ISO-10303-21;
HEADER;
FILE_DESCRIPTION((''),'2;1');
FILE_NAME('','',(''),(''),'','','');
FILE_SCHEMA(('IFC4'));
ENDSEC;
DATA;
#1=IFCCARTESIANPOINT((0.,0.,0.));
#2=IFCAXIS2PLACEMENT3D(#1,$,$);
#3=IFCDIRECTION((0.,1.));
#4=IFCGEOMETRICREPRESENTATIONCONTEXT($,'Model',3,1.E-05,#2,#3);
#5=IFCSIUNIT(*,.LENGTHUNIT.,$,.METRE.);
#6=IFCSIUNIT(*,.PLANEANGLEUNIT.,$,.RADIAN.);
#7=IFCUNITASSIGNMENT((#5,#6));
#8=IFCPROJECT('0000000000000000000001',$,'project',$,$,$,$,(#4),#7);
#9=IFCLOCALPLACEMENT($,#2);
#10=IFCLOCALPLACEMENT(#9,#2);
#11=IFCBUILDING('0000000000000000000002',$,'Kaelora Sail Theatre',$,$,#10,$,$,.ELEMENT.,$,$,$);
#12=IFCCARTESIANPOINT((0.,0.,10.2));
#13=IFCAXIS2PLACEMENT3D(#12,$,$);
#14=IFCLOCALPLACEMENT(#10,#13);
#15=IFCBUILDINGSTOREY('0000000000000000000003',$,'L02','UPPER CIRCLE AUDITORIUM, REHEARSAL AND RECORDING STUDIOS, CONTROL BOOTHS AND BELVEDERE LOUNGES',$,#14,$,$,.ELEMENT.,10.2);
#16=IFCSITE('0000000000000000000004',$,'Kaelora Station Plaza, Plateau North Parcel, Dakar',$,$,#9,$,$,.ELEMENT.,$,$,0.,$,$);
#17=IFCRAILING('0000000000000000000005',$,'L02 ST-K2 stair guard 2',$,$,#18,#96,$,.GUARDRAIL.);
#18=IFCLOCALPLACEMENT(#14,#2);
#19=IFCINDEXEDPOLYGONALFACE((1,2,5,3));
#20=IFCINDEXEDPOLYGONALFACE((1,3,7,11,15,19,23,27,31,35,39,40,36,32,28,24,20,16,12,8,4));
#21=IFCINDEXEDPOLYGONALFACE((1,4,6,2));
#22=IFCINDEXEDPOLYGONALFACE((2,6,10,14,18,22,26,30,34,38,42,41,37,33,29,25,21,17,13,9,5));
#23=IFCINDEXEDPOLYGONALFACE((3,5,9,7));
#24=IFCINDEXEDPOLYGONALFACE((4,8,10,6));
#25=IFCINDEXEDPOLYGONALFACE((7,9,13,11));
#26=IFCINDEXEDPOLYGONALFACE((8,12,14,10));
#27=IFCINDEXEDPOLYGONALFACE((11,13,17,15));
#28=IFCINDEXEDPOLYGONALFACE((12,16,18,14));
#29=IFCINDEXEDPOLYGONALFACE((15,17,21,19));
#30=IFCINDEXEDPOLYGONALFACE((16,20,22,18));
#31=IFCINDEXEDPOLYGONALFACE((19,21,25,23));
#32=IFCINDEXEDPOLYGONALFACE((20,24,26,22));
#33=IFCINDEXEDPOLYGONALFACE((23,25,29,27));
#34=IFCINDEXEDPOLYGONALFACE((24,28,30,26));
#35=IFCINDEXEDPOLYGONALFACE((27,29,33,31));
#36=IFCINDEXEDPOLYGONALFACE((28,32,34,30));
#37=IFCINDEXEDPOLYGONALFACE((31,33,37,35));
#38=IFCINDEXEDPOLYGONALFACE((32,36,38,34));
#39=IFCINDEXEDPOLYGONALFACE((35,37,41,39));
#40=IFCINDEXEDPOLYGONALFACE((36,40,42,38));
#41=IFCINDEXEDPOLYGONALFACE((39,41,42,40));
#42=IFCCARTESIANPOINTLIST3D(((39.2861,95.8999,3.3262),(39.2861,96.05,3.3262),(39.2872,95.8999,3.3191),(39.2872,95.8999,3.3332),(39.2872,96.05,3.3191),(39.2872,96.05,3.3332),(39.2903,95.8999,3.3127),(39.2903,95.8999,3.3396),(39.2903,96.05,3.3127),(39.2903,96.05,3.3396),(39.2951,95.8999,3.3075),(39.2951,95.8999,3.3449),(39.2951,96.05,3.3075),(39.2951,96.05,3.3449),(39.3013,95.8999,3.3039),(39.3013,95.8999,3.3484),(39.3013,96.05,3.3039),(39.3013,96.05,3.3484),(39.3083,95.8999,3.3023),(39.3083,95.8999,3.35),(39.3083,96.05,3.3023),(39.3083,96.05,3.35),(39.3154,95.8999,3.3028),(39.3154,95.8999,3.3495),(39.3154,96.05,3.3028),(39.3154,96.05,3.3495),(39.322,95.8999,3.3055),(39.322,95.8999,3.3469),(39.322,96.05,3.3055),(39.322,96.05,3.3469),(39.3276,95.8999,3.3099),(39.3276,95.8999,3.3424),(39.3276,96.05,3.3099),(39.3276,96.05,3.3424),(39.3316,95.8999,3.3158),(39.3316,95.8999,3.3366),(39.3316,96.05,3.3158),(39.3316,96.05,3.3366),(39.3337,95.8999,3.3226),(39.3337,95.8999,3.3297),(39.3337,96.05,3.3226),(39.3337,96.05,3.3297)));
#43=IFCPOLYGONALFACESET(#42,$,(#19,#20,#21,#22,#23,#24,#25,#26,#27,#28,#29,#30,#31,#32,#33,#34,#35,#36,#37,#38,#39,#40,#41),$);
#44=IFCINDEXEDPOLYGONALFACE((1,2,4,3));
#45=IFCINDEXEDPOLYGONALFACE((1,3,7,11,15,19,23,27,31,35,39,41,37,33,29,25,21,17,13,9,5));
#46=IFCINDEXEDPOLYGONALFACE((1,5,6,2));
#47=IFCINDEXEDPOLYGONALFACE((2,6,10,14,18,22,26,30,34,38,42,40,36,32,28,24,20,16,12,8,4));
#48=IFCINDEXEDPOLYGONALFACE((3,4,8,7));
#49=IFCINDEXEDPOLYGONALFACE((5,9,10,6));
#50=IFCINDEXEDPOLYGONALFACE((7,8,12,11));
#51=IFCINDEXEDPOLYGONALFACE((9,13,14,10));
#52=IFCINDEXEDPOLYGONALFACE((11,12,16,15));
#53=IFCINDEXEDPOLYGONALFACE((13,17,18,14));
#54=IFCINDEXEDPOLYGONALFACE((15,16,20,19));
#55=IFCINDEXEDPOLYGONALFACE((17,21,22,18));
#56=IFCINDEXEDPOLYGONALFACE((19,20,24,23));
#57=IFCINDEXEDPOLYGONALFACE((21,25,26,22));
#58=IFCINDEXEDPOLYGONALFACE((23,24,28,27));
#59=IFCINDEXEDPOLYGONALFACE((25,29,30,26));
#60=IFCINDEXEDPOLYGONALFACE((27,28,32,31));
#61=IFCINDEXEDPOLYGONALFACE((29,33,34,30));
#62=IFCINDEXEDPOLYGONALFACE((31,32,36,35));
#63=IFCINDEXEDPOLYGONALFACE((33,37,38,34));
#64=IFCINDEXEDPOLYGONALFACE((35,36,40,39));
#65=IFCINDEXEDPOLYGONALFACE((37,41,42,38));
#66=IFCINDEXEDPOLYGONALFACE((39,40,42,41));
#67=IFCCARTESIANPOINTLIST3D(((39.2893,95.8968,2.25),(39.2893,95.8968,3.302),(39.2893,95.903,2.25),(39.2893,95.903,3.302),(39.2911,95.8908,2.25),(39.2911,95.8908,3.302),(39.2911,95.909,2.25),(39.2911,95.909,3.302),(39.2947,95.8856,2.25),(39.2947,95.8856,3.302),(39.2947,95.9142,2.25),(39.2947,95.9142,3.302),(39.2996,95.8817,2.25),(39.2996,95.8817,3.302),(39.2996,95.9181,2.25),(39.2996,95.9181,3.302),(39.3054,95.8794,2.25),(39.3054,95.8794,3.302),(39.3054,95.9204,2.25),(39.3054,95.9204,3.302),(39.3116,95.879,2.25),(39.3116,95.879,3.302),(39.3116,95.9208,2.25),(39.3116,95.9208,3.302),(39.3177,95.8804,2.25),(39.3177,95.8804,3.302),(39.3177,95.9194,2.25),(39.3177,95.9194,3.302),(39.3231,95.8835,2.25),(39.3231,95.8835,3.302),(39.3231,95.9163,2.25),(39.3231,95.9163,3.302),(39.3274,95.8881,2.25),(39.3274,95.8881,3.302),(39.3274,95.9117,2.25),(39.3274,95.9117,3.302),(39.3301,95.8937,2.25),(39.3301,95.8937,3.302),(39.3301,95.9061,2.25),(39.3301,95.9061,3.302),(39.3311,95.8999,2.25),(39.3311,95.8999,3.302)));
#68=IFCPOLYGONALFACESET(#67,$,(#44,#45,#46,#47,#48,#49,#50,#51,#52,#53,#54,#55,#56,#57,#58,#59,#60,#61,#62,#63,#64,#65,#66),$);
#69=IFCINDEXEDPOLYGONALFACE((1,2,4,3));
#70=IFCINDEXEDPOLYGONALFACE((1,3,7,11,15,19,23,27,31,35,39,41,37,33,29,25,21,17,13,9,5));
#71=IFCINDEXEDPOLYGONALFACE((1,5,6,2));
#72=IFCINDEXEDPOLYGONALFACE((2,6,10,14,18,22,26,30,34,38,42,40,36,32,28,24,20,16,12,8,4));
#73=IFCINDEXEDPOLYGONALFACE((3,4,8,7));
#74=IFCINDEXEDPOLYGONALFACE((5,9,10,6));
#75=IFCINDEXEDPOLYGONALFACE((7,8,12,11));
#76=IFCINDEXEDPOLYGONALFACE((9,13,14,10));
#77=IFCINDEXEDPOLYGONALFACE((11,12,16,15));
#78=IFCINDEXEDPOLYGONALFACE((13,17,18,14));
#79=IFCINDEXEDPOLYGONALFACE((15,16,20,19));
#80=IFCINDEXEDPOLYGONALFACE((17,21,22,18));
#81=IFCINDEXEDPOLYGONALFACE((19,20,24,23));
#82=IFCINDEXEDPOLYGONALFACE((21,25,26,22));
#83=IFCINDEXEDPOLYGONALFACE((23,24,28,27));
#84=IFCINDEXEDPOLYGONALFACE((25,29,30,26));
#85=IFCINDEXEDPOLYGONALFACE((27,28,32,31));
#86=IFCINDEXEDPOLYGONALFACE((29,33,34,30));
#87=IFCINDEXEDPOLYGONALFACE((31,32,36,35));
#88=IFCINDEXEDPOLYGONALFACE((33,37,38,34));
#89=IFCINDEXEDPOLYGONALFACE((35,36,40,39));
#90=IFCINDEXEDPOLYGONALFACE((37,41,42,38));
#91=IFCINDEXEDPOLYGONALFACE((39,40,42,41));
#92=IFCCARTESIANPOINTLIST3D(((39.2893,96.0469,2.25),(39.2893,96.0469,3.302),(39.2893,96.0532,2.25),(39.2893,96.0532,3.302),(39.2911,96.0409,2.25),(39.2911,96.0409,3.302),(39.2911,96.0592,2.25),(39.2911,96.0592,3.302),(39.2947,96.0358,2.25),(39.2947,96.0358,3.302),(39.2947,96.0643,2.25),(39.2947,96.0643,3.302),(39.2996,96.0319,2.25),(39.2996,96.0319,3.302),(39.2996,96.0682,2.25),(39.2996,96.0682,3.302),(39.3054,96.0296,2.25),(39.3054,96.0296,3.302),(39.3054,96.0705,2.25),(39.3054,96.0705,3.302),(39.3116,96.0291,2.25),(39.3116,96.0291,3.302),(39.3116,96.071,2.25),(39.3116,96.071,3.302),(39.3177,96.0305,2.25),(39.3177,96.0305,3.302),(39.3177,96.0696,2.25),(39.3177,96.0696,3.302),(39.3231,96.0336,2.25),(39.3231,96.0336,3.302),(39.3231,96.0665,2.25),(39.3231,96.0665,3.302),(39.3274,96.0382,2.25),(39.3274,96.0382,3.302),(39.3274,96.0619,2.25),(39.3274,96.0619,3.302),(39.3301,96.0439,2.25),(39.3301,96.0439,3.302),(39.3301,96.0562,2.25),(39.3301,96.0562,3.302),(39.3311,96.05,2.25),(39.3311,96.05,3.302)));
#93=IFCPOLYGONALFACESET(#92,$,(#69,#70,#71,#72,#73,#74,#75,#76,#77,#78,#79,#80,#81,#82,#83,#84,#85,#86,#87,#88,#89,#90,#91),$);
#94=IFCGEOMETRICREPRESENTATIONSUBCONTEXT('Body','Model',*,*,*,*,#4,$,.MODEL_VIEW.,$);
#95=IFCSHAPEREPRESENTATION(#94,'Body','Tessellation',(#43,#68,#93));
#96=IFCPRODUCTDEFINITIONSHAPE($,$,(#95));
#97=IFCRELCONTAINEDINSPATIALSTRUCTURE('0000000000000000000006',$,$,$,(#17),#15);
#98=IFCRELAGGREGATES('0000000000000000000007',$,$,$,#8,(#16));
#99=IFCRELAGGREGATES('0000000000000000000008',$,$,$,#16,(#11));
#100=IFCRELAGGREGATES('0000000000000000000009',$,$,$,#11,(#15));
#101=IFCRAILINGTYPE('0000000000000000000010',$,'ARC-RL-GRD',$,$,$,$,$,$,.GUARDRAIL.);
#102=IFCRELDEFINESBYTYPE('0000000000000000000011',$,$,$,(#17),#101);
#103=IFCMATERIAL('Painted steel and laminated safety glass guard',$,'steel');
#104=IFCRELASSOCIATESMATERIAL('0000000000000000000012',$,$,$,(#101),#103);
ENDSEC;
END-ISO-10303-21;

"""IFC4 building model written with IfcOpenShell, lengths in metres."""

from ifc_helpers import new_model, si_unit, direction, frame, origin, origin_2d, place, context, subcontext, project, spatial, circle, extrude, material, type_object, element, save


model = new_model("IFC4")

# Units and contexts
model_context = context("Model", 3, precision=1e-05, world=origin(), true_north=direction((0.0, 1.0)))
body_context = subcontext(model_context, "Body", "Model", "MODEL_VIEW")
ifc_project = project(units=[si_unit("LENGTHUNIT", "METRE"), si_unit("PLANEANGLEUNIT", "RADIAN")], contexts=[model_context])

# Site, building, storey
site_placement = place(None, origin())
site = spatial("IfcSite", under=ifc_project, at=site_placement, Name="Kaelora Station Plaza, Plateau North Parcel, Dakar", CompositionType="ELEMENT", RefElevation=0.0)
building_placement = place(site_placement, origin())
building = spatial("IfcBuilding", under=site, at=building_placement, Name="Kaelora Sail Theatre", CompositionType="ELEMENT")
storey_placement = place(building_placement, frame((0.0, 0.0, 10.2)))
storey = spatial("IfcBuildingStorey", under=building, at=storey_placement, Name="L02", Description="UPPER CIRCLE AUDITORIUM, REHEARSAL AND RECORDING STUDIOS, CONTROL BOOTHS AND BELVEDERE LOUNGES", CompositionType="ELEMENT", Elevation=10.2)

# Railing
ifc_material_1 = material(Name="Painted steel and laminated safety glass guard", Category="steel")
railing_type_1 = type_object("IfcRailingType", Name="ARC-RL-GRD", PredefinedType="GUARDRAIL", material=ifc_material_1)
railing_1_placement = place(storey_placement, frame((39.3101, 95.8999, 2.25)))
element("IfcRailing", 1, at=railing_1_placement, inside=storey, type_object=railing_type_1, Name="L02 ST-K2 stair guard 2", PredefinedType="GUARDRAIL", context=body_context, shape_type="SweptSolid", body=[
    extrude(circle(Radius=0.0239, at=origin_2d()), frame((0.0, 0.0, 1.0762), z_axis=(0.0, 1.0, 0.0), x_axis=(-1.0, 0.0, 0.0)), (0.0, 0.0, 1.0), 0.1501),
    extrude(circle(Radius=0.021, at=origin_2d()), origin(), (0.0, 0.0, 1.0), 1.052),
    extrude(circle(Radius=0.021, at=origin_2d()), frame((0.0, 0.1501, 0.0)), (0.0, 0.0, 1.0), 1.052),
])

save(model, "model.ifc")
